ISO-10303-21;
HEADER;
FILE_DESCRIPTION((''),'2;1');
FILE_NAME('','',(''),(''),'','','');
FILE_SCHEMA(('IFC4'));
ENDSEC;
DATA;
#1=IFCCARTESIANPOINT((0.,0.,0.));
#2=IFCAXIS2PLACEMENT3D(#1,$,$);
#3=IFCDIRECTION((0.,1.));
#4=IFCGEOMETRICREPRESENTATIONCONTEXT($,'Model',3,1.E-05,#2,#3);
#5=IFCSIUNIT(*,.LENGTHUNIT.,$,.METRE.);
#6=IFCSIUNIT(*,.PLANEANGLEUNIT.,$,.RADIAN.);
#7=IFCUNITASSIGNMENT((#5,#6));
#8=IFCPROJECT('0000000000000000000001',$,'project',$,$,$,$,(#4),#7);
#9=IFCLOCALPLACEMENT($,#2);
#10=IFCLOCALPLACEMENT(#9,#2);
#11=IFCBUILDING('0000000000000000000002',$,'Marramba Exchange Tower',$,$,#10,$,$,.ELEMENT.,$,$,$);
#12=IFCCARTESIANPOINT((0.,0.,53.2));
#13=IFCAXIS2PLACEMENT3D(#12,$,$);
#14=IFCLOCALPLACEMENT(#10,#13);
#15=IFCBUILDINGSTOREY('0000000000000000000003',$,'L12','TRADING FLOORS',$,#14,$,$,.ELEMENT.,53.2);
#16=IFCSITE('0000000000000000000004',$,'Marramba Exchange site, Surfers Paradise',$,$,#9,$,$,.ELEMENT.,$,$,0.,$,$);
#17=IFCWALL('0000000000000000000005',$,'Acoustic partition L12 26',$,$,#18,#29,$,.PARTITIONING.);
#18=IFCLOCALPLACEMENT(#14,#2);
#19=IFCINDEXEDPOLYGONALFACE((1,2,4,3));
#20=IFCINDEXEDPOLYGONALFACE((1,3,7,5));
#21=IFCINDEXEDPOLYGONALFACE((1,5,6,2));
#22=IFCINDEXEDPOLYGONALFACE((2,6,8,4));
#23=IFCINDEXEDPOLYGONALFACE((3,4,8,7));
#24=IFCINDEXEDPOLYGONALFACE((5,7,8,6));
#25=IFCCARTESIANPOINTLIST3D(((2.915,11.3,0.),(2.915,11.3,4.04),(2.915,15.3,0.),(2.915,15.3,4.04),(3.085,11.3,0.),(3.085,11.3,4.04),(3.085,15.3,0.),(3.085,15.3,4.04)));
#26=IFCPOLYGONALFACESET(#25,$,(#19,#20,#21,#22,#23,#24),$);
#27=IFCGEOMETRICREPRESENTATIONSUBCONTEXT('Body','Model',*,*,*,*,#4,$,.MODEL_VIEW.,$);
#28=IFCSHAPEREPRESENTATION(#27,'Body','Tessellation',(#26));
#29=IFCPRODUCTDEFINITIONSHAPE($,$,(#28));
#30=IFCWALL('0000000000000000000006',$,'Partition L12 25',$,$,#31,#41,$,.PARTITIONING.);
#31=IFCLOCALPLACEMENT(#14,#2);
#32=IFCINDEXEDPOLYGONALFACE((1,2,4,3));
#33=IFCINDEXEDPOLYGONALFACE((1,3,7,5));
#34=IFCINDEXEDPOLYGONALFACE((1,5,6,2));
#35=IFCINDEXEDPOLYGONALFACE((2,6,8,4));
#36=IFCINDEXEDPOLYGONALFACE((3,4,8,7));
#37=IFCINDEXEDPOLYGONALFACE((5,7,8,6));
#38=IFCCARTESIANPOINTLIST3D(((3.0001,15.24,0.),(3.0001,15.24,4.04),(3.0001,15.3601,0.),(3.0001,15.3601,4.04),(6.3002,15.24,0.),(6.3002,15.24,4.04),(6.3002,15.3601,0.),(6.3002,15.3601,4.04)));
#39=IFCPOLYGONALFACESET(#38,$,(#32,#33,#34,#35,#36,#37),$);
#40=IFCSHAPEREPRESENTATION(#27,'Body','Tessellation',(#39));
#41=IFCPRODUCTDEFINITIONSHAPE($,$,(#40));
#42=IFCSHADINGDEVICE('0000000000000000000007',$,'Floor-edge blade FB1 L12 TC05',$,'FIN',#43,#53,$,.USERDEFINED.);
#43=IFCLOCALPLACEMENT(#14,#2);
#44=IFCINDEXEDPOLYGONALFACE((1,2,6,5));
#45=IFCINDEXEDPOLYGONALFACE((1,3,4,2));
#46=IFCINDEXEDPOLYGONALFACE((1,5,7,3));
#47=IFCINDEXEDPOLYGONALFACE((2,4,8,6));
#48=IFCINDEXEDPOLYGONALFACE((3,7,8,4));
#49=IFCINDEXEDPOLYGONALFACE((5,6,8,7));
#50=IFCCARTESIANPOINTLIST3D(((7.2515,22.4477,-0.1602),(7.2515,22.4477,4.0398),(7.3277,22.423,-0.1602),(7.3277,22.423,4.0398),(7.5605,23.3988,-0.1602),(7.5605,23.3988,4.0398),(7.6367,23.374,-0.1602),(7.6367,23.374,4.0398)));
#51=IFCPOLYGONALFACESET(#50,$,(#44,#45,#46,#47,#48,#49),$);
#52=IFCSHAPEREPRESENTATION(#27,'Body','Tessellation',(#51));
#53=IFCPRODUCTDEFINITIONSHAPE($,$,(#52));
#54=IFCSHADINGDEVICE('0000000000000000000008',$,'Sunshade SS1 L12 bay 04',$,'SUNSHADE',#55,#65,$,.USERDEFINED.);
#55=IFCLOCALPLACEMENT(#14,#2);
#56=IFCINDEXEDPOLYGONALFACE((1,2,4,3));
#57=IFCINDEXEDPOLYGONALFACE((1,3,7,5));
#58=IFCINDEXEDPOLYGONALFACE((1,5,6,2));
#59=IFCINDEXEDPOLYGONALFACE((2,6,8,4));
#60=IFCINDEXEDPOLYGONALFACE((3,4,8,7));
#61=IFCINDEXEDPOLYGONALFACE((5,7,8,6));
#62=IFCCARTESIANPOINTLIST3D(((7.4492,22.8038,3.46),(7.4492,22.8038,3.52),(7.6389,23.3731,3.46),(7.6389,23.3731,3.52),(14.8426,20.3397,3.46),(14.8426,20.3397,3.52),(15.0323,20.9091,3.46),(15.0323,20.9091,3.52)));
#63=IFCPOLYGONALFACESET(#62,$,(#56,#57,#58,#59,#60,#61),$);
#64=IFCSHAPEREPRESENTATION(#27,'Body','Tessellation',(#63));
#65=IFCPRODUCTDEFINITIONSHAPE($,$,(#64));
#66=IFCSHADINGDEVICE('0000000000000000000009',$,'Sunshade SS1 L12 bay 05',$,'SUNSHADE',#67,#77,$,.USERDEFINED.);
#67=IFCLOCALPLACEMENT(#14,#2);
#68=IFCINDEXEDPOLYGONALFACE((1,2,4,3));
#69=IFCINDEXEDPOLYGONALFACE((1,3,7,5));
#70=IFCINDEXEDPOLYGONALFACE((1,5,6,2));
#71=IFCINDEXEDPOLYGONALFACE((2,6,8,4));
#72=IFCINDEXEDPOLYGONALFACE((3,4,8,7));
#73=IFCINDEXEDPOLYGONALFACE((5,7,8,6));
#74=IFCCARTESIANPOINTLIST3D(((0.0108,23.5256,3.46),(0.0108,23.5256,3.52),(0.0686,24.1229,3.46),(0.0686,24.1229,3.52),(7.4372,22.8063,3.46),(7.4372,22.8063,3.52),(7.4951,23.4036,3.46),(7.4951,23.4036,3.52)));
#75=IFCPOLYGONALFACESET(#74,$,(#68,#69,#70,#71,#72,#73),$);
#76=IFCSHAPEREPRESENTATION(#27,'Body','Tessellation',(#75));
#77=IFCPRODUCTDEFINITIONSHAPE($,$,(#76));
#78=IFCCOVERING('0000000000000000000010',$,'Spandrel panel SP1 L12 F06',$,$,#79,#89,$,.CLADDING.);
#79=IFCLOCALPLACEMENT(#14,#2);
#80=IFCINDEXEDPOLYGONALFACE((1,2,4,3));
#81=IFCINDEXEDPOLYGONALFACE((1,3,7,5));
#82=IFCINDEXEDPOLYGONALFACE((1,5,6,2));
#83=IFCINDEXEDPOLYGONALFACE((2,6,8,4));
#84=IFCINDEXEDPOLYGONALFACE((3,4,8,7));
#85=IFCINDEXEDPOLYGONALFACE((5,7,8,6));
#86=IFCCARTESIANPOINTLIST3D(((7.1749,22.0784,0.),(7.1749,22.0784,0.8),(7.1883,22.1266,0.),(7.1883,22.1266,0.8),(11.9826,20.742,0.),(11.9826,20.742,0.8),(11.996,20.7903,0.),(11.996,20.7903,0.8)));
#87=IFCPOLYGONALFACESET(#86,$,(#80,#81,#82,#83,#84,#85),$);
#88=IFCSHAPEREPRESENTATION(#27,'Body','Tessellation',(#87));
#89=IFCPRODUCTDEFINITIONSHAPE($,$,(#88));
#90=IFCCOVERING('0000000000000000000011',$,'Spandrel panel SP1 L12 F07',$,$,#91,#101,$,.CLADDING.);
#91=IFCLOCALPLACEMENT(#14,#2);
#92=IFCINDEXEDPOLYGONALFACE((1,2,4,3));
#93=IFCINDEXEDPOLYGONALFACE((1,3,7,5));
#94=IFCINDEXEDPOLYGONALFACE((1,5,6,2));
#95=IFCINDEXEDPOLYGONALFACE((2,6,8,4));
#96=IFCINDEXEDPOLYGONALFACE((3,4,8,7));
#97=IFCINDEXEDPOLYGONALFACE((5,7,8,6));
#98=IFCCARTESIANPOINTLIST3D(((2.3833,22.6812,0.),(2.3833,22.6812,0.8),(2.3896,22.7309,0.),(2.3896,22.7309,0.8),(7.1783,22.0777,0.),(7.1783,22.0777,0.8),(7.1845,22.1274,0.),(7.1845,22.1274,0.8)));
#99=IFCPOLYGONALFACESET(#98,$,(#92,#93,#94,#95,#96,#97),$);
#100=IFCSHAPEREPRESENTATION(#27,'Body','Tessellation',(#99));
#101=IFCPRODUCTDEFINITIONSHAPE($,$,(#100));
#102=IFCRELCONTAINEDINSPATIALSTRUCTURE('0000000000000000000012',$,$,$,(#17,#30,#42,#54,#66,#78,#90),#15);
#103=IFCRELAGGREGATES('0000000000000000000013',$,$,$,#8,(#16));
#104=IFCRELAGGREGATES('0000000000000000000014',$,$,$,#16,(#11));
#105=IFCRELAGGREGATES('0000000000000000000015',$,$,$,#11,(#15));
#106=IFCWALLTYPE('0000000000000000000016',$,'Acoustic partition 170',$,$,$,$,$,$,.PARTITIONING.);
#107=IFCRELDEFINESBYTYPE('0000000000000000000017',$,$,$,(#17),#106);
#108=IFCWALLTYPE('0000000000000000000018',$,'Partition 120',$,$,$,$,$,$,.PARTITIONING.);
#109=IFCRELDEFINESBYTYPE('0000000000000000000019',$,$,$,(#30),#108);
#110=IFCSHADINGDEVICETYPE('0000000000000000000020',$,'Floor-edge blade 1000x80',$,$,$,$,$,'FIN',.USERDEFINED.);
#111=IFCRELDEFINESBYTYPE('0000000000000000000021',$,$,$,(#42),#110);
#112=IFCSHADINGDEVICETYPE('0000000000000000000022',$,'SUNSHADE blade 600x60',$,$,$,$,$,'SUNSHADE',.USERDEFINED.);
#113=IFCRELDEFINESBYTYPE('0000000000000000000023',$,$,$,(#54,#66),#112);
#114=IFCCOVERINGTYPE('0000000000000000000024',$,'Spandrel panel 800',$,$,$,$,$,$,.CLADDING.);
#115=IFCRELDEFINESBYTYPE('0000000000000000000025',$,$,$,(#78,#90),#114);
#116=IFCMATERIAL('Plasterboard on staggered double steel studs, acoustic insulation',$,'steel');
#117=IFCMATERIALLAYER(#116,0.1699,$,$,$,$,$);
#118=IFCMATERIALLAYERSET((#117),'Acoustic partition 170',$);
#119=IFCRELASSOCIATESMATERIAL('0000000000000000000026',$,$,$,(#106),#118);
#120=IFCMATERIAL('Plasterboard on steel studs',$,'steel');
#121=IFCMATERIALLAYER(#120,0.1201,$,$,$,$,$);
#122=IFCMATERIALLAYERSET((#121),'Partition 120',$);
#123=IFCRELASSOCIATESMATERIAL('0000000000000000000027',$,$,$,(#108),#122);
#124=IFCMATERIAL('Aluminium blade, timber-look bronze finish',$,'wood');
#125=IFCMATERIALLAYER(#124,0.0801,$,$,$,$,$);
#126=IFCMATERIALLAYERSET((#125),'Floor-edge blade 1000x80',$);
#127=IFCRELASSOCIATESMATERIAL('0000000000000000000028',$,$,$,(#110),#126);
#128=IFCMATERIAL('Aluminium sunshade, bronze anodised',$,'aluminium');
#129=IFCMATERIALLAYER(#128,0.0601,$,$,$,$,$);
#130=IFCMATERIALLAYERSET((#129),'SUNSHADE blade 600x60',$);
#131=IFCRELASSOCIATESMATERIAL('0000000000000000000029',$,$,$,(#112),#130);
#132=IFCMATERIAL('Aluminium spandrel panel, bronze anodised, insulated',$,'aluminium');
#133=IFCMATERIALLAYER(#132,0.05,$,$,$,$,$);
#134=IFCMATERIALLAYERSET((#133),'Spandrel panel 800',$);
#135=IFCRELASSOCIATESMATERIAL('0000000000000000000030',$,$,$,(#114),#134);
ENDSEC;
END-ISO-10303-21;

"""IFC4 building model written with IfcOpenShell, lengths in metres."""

from ifc_helpers import new_model, si_unit, direction, frame, frame_2d, origin, origin_2d, place, context, subcontext, project, spatial, rectangle, extrude, material, layer, layer_set, type_object, element, save


model = new_model("IFC4")

# Units and contexts
model_context = context("Model", 3, precision=1e-05, world=origin(), true_north=direction((0.0, 1.0)))
body_context = subcontext(model_context, "Body", "Model", "MODEL_VIEW")
ifc_project = project(units=[si_unit("LENGTHUNIT", "METRE"), si_unit("PLANEANGLEUNIT", "RADIAN")], contexts=[model_context])

# Site, building, storey
site_placement = place(None, origin())
site = spatial("IfcSite", under=ifc_project, at=site_placement, Name="Marramba Exchange site, Surfers Paradise", CompositionType="ELEMENT", RefElevation=0.0)
building_placement = place(site_placement, origin())
building = spatial("IfcBuilding", under=site, at=building_placement, Name="Marramba Exchange Tower", CompositionType="ELEMENT")
storey_placement = place(building_placement, frame((0.0, 0.0, 53.2)))
storey = spatial("IfcBuildingStorey", under=building, at=storey_placement, Name="L12", Description="TRADING FLOORS", CompositionType="ELEMENT", Elevation=53.2)

# Wall
ifc_material_1 = material(Name="Plasterboard on staggered double steel studs, acoustic insulation", Category="steel")
ifc_layer_1 = layer(ifc_material_1, 0.1699)
ifc_layer_set_1 = layer_set([ifc_layer_1], Name="Acoustic partition 170")
wall_type_1 = type_object("IfcWallType", Name="Acoustic partition 170", PredefinedType="PARTITIONING", material=ifc_layer_set_1)
wall_1_placement = place(storey_placement, frame((3.0, 15.3, 0.0), z_axis=(0.0, 0.0, 1.0), x_axis=(0.0, -1.0, 0.0)))
element("IfcWall", 1, at=wall_1_placement, inside=storey, type_object=wall_type_1, Name="Acoustic partition L12 26", PredefinedType="PARTITIONING", context=body_context, shape_type="SweptSolid", body=[
    extrude(rectangle(XDim=4.0, YDim=0.1699, at=frame_2d((2.0, 0.0))), origin(), (0.0, 0.0, 1.0), 4.04),
])

# Wall
ifc_material_2 = material(Name="Plasterboard on steel studs", Category="steel")
ifc_layer_2 = layer(ifc_material_2, 0.1201)
ifc_layer_set_2 = layer_set([ifc_layer_2], Name="Partition 120")
wall_type_2 = type_object("IfcWallType", Name="Partition 120", PredefinedType="PARTITIONING", material=ifc_layer_set_2)
wall_2_placement = place(storey_placement, frame((6.3, 15.3, 0.0), z_axis=(0.0, 0.0, 1.0), x_axis=(-1.0, 0.0, 0.0)))
element("IfcWall", 2, at=wall_2_placement, inside=storey, type_object=wall_type_2, Name="Partition L12 25", PredefinedType="PARTITIONING", context=body_context, shape_type="SweptSolid", body=[
    extrude(rectangle(XDim=3.3, YDim=0.1201, at=frame_2d((1.6499, 0.0))), origin(), (0.0, 0.0, 1.0), 4.04),
])

# Shading devices
ifc_material_3 = material(Name="Aluminium blade, timber-look bronze finish", Category="wood")
ifc_layer_3 = layer(ifc_material_3, 0.0801)
ifc_layer_set_3 = layer_set([ifc_layer_3], Name="Floor-edge blade 1000x80")
shading_device_type_1 = type_object("IfcShadingDeviceType", Name="Floor-edge blade 1000x80", ElementType="FIN", PredefinedType="USERDEFINED", material=ifc_layer_set_3)
shading_device_1_placement = place(storey_placement, frame((7.4441, 22.9109, -0.1602), z_axis=(0.0, 0.0, 1.0), x_axis=(0.309017, 0.951057, 0.0)))
element("IfcShadingDevice", 3, at=shading_device_1_placement, inside=storey, type_object=shading_device_type_1, Name="Floor-edge blade FB1 L12 TC05", ObjectType="FIN", PredefinedType="USERDEFINED", context=body_context, shape_type="SweptSolid", body=[
    extrude(rectangle(XDim=1.0, YDim=0.0801, at=origin_2d()), origin(), (0.0, 0.0, 1.0), 4.2),
])
ifc_material_4 = material(Name="Aluminium sunshade, bronze anodised", Category="aluminium")
ifc_layer_4 = layer(ifc_material_4, 0.0601)
ifc_layer_set_4 = layer_set([ifc_layer_4], Name="SUNSHADE blade 600x60")
shading_device_type_2 = type_object("IfcShadingDeviceType", Name="SUNSHADE blade 600x60", ElementType="SUNSHADE", PredefinedType="USERDEFINED", material=ifc_layer_set_4)
shading_device_2_placement = place(storey_placement, frame((11.2407, 21.8564, 3.46), z_axis=(0.0, 0.0, 1.0), x_axis=(-0.948698, 0.316184, 0.0)))
element("IfcShadingDevice", 4, at=shading_device_2_placement, inside=storey, type_object=shading_device_type_2, Name="Sunshade SS1 L12 bay 04", ObjectType="SUNSHADE", PredefinedType="USERDEFINED", context=body_context, shape_type="SweptSolid", body=[
    extrude(rectangle(XDim=7.7932, YDim=0.6001, at=origin_2d()), origin(), (0.0, 0.0, 1.0), 0.0601),
])
shading_device_3_placement = place(storey_placement, frame((3.7529, 23.4646, 3.46), z_axis=(0.0, 0.0, 1.0), x_axis=(-0.995343, 0.096398, 0.0)))
element("IfcShadingDevice", 5, at=shading_device_3_placement, inside=storey, type_object=shading_device_type_2, Name="Sunshade SS1 L12 bay 05", ObjectType="SUNSHADE", PredefinedType="USERDEFINED", context=body_context, shape_type="SweptSolid", body=[
    extrude(rectangle(XDim=7.4612, YDim=0.6001, at=origin_2d()), origin(), (0.0, 0.0, 1.0), 0.0601),
])

# Coverings
ifc_material_5 = material(Name="Aluminium spandrel panel, bronze anodised, insulated", Category="aluminium")
ifc_layer_5 = layer(ifc_material_5, 0.05)
ifc_layer_set_5 = layer_set([ifc_layer_5], Name="Spandrel panel 800")
covering_type = type_object("IfcCoveringType", Name="Spandrel panel 800", PredefinedType="CLADDING", material=ifc_layer_set_5)
covering_1_placement = place(storey_placement, frame((9.5854, 21.4343, 0.0), z_axis=(0.0, 0.0, 1.0), x_axis=(-0.963472, 0.267809, 0.0)))
element("IfcCovering", 6, at=covering_1_placement, inside=storey, type_object=covering_type, Name="Spandrel panel SP1 L12 F06", PredefinedType="CLADDING", context=body_context, shape_type="SweptSolid", body=[
    extrude(rectangle(XDim=4.99, YDim=0.05, at=origin_2d()), origin(), (0.0, 0.0, 1.0), 0.8),
])
covering_2_placement = place(storey_placement, frame((4.7839, 22.4043, 0.0), z_axis=(0.0, 0.0, 1.0), x_axis=(-0.992173, 0.124873, 0.0)))
element("IfcCovering", 7, at=covering_2_placement, inside=storey, type_object=covering_type, Name="Spandrel panel SP1 L12 F07", PredefinedType="CLADDING", context=body_context, shape_type="SweptSolid", body=[
    extrude(rectangle(XDim=4.8328, YDim=0.05, at=origin_2d()), origin(), (0.0, 0.0, 1.0), 0.8),
])

save(model, "model.ifc")
